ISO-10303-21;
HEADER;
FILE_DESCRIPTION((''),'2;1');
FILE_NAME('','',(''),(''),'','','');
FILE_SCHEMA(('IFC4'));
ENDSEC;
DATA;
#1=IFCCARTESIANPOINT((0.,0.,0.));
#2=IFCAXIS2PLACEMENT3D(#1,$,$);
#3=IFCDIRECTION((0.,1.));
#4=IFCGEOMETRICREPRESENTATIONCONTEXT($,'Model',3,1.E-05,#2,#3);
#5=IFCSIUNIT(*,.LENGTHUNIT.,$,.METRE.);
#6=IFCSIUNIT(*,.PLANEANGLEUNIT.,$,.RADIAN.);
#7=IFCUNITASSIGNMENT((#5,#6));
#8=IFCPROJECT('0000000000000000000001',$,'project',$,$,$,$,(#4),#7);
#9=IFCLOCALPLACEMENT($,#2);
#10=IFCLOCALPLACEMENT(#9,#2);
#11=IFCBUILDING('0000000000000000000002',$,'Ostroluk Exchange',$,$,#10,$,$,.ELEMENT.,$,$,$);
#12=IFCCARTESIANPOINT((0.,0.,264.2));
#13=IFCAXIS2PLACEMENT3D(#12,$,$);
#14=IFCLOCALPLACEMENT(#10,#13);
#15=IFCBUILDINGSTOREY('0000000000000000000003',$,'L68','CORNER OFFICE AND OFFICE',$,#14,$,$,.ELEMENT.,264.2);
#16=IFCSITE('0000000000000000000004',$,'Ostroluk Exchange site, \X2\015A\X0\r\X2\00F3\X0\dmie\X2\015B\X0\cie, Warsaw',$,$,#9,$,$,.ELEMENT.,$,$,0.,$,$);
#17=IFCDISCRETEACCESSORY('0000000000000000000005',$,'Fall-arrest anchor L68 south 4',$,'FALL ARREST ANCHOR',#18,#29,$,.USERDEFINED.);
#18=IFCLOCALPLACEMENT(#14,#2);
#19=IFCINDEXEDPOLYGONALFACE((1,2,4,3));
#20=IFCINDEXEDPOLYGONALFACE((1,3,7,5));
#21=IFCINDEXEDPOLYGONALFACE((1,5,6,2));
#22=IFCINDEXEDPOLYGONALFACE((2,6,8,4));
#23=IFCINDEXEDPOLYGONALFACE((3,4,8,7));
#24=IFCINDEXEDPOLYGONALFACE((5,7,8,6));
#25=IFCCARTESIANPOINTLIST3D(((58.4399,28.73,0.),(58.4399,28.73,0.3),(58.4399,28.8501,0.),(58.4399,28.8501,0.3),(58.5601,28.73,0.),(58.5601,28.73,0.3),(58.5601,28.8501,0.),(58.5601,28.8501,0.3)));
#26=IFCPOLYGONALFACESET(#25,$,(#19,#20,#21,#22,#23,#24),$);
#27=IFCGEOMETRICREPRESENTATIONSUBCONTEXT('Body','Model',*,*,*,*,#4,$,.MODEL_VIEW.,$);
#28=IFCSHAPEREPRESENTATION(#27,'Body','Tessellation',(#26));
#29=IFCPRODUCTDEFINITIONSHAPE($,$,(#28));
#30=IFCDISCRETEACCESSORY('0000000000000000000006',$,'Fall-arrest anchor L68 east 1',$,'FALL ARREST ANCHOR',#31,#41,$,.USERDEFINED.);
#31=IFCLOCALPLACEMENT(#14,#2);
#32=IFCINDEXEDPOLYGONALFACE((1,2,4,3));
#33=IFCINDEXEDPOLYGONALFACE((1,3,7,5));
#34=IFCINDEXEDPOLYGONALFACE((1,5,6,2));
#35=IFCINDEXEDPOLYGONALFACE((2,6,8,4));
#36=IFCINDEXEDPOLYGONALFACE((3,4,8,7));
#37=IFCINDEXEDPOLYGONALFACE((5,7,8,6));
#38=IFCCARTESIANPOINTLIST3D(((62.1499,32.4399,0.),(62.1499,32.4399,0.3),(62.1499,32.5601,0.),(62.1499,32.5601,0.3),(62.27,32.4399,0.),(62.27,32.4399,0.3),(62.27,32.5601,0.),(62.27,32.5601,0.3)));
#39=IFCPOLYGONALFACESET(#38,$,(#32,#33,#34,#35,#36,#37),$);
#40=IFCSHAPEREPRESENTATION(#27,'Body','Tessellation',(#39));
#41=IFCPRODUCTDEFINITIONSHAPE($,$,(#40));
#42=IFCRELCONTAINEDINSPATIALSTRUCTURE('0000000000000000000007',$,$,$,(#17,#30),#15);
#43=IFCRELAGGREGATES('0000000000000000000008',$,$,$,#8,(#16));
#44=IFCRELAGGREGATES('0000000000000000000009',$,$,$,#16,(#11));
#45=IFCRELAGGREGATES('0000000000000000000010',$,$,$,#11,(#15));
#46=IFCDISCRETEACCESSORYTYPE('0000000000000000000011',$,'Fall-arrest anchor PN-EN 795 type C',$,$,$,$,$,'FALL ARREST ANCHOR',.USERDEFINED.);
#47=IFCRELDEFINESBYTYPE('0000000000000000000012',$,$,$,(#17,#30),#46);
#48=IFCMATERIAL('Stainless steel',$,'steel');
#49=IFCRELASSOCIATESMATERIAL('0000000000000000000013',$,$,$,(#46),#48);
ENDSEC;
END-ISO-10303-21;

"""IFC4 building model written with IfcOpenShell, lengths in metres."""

from ifc_helpers import new_model, si_unit, direction, frame, origin, origin_2d, place, context, subcontext, project, spatial, rectangle, extrude, material, type_object, element, save


model = new_model("IFC4")

# Units and contexts
model_context = context("Model", 3, precision=1e-05, world=origin(), true_north=direction((0.0, 1.0)))
body_context = subcontext(model_context, "Body", "Model", "MODEL_VIEW")
ifc_project = project(units=[si_unit("LENGTHUNIT", "METRE"), si_unit("PLANEANGLEUNIT", "RADIAN")], contexts=[model_context])

# Site, building, storey
site_placement = place(None, origin())
site = spatial("IfcSite", under=ifc_project, at=site_placement, Name="Ostroluk Exchange site, Śródmieście, Warsaw", CompositionType="ELEMENT", RefElevation=0.0)
building_placement = place(site_placement, origin())
building = spatial("IfcBuilding", under=site, at=building_placement, Name="Ostroluk Exchange", CompositionType="ELEMENT")
storey_placement = place(building_placement, frame((0.0, 0.0, 264.2)))
storey = spatial("IfcBuildingStorey", under=building, at=storey_placement, Name="L68", Description="CORNER OFFICE AND OFFICE", CompositionType="ELEMENT", Elevation=264.2)

# Discrete accessories
ifc_material_1 = material(Name="Stainless steel", Category="steel")
discrete_accessory_type = type_object("IfcDiscreteAccessoryType", Name="Fall-arrest anchor PN-EN 795 type C", ElementType="FALL ARREST ANCHOR", PredefinedType="USERDEFINED", material=ifc_material_1)
for number, where, z_axis, x_axis, name in (
    (1, (58.5, 28.79, 0.0), (0.0, 0.0, 1.0), (1.0, 0.0, 0.0), "Fall-arrest anchor L68 south 4"),
    (2, (62.21, 32.5, 0.0), (0.0, 0.0, 1.0), (1.0, 0.0, 0.0), "Fall-arrest anchor L68 east 1"),
):
    element("IfcDiscreteAccessory", number, at=place(storey_placement, frame(where, z_axis=z_axis, x_axis=x_axis)), inside=storey, type_object=discrete_accessory_type, Name=name, ObjectType="FALL ARREST ANCHOR", PredefinedType="USERDEFINED", context=body_context, shape_type="SweptSolid", body=[
        extrude(rectangle(XDim=0.1201, YDim=0.1201, at=origin_2d()), origin(), (0.0, 0.0, 1.0), 0.3),
    ])

save(model, "model.ifc")
